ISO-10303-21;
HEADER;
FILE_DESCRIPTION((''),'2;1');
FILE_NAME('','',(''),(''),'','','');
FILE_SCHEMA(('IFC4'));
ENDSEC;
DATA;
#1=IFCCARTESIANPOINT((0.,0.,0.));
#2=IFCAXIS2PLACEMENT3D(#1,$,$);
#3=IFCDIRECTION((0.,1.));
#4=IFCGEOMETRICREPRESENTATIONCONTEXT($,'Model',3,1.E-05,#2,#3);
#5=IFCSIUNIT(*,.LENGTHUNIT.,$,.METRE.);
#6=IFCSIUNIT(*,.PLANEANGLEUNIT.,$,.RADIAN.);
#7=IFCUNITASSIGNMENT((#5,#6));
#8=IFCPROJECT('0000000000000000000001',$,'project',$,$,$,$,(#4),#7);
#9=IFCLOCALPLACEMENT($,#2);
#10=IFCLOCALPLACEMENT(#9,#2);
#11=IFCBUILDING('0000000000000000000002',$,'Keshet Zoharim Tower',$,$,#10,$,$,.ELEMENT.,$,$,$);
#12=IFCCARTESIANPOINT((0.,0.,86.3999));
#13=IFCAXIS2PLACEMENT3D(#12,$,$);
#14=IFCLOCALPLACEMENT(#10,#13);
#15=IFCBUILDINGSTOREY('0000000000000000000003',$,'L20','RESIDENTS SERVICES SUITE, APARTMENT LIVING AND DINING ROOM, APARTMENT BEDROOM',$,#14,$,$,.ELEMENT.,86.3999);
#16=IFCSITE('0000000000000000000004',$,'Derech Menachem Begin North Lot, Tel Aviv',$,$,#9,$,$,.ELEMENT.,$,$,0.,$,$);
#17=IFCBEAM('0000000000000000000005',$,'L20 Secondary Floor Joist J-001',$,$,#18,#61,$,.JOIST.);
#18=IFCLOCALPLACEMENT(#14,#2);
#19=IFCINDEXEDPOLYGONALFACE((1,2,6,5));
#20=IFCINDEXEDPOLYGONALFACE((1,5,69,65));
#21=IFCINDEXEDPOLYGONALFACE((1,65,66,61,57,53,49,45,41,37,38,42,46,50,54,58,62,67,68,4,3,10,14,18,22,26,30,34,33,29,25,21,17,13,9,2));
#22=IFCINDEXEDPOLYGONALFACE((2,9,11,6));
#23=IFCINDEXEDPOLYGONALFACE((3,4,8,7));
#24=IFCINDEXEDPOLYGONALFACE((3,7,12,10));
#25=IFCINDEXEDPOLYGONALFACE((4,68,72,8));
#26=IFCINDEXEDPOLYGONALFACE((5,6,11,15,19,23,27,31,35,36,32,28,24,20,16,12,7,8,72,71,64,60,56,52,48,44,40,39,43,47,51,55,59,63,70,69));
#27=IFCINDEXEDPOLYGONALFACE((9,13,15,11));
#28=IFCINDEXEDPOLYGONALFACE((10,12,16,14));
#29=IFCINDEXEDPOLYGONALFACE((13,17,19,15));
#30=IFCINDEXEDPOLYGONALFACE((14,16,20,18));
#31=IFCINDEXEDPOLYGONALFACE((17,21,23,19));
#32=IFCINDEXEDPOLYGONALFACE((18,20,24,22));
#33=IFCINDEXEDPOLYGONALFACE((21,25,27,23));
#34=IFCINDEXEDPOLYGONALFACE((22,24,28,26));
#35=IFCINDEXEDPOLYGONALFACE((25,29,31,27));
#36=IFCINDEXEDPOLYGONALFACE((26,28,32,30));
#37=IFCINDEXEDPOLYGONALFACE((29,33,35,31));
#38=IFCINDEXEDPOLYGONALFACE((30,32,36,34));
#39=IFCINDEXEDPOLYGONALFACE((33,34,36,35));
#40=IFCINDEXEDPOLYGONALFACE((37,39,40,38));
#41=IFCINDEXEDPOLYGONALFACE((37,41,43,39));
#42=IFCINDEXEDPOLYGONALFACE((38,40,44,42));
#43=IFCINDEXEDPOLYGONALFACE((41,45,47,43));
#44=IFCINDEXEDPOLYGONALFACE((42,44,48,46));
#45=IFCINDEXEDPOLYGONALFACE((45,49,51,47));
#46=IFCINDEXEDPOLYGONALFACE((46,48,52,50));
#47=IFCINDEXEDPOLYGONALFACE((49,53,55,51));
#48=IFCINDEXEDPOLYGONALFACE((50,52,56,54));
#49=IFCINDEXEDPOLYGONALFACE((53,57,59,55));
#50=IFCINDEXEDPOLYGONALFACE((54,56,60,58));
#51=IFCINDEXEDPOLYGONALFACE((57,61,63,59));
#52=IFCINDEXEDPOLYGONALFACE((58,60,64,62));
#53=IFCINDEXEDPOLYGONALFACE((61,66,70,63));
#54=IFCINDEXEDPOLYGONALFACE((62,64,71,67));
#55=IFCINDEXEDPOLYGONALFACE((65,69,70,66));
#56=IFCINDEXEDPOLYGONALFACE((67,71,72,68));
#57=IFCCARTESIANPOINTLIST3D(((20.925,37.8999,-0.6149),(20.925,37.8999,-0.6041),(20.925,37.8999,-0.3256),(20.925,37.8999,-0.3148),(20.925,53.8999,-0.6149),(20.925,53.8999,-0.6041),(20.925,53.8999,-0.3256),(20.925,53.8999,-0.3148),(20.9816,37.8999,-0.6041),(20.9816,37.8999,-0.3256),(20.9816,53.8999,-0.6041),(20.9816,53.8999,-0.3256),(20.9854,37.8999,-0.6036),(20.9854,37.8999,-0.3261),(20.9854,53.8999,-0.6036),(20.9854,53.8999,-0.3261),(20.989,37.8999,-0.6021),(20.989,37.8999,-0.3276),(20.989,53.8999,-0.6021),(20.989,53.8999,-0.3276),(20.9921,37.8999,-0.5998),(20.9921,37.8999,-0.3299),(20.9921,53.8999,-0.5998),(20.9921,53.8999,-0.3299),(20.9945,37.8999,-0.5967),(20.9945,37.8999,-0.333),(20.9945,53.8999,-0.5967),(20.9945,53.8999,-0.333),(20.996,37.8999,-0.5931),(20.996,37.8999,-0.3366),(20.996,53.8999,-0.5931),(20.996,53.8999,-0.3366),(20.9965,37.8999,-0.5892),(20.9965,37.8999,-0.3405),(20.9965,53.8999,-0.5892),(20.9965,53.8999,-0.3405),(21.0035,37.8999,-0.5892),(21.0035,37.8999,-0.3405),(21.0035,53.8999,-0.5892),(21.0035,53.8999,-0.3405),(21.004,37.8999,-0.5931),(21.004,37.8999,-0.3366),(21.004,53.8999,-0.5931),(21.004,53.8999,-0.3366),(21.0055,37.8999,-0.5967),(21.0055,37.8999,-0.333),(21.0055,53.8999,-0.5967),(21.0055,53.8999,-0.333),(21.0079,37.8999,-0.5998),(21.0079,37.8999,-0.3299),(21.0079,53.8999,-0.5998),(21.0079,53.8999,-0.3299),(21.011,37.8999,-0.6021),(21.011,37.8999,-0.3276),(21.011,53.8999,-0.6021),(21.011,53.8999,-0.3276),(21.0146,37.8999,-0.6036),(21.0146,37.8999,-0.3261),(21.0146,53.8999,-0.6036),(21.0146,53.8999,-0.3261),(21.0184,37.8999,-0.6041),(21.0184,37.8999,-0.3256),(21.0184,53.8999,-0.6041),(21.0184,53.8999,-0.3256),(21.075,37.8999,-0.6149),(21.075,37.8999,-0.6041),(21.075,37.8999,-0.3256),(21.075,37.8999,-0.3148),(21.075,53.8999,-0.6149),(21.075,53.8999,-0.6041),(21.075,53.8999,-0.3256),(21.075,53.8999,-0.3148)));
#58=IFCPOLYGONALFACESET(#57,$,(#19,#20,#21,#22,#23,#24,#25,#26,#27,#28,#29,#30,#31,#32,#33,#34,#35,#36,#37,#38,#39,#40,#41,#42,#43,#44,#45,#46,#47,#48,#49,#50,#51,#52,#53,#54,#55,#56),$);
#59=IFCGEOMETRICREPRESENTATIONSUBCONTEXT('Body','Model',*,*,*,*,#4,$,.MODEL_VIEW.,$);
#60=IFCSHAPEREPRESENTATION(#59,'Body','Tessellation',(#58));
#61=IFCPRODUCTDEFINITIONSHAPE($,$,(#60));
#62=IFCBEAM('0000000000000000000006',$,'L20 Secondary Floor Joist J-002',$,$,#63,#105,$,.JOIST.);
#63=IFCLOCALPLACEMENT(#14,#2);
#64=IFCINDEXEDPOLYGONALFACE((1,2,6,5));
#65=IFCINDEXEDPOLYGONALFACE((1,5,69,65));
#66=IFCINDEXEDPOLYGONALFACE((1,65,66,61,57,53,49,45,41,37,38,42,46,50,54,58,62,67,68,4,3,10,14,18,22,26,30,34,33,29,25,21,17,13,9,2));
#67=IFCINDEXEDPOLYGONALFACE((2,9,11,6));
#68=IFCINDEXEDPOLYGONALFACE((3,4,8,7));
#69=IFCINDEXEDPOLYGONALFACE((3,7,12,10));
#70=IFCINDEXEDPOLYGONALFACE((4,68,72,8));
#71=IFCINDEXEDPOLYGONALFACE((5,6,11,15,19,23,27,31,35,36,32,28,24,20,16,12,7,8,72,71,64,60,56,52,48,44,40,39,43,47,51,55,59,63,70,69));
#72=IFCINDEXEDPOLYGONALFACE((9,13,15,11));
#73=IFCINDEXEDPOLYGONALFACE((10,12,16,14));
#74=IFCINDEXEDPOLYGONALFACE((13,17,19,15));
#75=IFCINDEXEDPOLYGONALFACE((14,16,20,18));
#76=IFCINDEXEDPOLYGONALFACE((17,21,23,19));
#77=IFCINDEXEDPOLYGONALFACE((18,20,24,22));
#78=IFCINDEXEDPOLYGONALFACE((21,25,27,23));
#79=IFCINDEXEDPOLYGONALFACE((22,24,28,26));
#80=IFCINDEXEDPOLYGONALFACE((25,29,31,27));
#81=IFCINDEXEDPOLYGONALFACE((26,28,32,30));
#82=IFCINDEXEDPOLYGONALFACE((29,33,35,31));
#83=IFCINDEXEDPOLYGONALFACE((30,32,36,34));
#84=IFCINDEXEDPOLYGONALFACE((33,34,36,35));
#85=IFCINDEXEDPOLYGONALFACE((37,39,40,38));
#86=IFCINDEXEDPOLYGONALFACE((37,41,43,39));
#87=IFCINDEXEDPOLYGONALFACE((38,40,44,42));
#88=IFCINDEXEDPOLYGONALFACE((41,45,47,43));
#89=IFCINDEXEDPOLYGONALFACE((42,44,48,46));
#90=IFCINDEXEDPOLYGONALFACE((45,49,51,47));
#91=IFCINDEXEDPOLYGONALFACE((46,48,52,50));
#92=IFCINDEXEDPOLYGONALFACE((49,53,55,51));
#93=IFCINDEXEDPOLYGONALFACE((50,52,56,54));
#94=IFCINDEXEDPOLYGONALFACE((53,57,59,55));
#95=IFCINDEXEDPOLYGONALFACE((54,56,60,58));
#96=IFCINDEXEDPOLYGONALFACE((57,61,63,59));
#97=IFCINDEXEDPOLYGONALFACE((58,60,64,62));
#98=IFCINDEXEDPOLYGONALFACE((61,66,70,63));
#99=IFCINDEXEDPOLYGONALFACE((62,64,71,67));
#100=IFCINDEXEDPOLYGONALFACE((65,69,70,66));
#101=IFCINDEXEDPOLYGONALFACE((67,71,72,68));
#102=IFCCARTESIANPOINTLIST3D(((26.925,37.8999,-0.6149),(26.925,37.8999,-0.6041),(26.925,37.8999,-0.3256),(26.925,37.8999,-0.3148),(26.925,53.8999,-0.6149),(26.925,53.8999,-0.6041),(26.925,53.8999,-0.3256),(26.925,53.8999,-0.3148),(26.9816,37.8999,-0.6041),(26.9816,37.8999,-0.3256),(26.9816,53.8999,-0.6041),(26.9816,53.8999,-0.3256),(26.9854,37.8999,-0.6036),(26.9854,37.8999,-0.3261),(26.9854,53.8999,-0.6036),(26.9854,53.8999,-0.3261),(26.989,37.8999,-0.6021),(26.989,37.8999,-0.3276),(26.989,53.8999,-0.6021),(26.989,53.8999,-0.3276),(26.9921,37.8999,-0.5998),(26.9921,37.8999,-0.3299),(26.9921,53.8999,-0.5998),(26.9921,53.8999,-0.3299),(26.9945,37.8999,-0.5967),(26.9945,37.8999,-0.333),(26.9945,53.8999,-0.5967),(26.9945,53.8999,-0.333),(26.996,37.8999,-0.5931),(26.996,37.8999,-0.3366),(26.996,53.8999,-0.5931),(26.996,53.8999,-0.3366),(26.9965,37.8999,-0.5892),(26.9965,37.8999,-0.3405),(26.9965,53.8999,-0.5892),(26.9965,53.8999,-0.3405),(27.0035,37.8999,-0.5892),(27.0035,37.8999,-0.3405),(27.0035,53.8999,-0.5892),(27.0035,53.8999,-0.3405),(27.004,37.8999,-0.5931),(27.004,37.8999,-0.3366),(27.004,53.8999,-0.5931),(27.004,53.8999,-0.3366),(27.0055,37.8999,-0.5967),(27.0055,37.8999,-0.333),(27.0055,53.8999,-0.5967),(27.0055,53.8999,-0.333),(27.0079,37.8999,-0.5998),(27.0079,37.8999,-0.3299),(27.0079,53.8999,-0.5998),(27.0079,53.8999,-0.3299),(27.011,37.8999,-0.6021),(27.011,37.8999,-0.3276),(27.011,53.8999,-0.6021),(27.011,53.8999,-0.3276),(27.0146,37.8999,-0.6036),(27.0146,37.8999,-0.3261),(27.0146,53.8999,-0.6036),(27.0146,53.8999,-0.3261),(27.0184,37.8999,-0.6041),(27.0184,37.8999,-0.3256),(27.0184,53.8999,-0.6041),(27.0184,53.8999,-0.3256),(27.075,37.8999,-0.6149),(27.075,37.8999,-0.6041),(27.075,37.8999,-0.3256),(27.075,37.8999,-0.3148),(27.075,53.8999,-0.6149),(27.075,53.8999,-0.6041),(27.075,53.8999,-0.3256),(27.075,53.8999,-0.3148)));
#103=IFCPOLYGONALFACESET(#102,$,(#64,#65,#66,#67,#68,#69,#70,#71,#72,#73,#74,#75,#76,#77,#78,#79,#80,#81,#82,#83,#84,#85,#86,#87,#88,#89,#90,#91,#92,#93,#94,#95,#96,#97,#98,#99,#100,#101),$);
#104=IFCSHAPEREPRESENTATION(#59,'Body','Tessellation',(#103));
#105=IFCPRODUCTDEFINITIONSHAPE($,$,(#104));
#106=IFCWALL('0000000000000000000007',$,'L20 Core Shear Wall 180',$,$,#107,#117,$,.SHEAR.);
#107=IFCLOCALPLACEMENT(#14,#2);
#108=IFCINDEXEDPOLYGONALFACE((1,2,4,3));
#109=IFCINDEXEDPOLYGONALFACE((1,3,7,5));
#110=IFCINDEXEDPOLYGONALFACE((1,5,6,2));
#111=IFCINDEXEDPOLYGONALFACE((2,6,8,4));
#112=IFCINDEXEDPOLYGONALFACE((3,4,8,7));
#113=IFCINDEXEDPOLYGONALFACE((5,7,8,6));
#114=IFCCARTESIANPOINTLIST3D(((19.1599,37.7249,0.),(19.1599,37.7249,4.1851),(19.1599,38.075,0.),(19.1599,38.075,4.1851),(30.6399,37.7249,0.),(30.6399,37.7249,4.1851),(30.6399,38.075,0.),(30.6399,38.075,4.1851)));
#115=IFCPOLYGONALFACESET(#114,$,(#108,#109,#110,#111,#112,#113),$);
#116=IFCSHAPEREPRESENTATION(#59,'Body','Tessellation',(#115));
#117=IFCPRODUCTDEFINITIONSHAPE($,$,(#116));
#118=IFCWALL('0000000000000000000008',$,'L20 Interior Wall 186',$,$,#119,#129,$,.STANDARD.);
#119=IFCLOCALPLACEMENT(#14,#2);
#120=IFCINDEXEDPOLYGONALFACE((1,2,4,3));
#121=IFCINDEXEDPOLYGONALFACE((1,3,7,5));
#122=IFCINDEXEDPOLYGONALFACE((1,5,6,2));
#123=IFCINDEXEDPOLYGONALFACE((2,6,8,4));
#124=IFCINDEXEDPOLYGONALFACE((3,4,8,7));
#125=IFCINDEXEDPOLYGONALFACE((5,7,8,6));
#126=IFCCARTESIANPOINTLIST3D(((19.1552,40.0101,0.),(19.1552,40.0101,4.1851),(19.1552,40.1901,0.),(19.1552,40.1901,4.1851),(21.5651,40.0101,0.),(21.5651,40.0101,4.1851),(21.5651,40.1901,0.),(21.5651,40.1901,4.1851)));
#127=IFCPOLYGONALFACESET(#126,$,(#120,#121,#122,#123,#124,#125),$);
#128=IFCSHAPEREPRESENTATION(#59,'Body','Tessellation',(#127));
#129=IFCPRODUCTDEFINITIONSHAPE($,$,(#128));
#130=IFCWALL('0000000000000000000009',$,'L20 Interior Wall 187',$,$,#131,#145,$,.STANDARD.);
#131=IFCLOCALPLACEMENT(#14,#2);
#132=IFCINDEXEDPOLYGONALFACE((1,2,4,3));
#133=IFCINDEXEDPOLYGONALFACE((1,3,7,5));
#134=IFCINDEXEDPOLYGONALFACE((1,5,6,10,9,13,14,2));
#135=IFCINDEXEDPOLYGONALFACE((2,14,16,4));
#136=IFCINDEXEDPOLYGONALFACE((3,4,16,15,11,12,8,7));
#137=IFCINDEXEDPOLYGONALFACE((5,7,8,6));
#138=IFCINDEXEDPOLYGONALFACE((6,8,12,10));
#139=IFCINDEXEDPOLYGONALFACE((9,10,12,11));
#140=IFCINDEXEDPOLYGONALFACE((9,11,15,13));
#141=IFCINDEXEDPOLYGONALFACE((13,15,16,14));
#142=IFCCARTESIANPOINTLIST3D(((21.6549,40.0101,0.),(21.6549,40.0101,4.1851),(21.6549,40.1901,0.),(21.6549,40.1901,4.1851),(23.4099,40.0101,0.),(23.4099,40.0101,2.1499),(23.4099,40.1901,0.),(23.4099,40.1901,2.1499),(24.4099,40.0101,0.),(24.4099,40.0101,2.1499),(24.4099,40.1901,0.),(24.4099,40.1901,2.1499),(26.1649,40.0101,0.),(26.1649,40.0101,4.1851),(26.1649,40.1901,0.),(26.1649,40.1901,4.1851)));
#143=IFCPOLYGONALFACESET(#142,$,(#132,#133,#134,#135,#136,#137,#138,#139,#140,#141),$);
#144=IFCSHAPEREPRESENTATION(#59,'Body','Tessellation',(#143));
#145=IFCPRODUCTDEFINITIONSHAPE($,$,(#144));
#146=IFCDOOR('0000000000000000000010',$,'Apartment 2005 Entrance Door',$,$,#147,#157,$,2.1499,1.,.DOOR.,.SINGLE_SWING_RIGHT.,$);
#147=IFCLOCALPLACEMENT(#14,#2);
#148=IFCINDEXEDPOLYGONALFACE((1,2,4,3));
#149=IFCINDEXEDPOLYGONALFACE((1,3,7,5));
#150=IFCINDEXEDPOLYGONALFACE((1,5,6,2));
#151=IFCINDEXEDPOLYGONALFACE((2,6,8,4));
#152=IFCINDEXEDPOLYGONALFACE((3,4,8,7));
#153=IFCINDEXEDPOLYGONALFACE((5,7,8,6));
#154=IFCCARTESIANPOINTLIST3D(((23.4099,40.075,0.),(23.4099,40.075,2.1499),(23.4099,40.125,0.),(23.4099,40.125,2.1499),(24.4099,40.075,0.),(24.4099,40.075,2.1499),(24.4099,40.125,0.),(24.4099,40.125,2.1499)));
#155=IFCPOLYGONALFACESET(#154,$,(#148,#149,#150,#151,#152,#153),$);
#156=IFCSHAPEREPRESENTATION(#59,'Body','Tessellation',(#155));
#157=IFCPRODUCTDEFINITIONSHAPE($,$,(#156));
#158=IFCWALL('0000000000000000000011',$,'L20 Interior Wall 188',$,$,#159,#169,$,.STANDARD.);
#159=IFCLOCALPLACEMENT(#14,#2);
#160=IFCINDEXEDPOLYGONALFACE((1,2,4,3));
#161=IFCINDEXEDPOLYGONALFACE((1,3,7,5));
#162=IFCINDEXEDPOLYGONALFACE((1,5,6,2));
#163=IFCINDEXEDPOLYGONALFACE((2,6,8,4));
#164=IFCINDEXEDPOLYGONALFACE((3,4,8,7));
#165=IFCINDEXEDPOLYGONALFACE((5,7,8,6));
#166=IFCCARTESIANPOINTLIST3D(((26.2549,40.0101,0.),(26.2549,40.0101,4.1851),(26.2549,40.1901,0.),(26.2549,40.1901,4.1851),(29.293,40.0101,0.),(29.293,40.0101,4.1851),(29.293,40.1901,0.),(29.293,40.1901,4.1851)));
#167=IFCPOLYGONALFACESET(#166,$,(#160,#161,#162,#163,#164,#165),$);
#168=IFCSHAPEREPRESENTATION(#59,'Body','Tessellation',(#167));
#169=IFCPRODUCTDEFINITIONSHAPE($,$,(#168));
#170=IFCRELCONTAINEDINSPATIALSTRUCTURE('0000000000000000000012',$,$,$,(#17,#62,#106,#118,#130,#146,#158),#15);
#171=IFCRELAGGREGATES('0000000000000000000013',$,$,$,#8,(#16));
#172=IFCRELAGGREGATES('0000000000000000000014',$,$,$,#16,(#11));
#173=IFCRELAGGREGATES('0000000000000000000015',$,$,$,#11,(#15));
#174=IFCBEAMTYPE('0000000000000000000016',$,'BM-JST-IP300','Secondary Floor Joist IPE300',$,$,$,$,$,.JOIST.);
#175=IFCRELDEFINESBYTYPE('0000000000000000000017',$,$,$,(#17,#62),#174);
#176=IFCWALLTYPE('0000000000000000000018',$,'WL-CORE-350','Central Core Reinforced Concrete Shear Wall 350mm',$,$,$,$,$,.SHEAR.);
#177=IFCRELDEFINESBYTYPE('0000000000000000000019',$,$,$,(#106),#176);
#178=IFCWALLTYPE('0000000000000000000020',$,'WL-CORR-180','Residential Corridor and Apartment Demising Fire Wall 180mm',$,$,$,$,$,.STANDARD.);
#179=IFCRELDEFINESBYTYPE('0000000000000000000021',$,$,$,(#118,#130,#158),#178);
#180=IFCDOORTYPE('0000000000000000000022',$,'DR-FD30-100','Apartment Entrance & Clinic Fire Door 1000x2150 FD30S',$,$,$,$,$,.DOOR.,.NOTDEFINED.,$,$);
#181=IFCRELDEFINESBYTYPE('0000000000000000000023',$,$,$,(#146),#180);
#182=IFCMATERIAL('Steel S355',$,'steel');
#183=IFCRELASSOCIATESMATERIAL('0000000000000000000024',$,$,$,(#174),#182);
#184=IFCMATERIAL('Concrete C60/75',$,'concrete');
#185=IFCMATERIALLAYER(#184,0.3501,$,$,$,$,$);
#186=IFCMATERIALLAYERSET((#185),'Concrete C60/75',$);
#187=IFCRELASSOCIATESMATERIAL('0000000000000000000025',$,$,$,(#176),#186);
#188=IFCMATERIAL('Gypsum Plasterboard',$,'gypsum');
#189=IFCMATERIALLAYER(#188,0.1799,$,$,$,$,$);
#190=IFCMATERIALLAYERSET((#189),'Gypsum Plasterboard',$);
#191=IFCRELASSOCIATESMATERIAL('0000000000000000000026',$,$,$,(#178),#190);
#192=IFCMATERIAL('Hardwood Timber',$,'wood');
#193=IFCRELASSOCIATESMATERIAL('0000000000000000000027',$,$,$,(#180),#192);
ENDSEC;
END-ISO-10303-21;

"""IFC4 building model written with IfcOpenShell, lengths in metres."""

from ifc_helpers import new_model, si_unit, direction, frame, frame_2d, origin, origin_2d, place, context, subcontext, project, spatial, rectangle, i_section, extrude, material, layer, layer_set, material_profile, profile_set, type_object, element, fill, save


model = new_model("IFC4")

# Units and contexts
model_context = context("Model", 3, precision=1e-05, world=origin(), true_north=direction((0.0, 1.0)))
body_context = subcontext(model_context, "Body", "Model", "MODEL_VIEW")
ifc_project = project(units=[si_unit("LENGTHUNIT", "METRE"), si_unit("PLANEANGLEUNIT", "RADIAN")], contexts=[model_context])

# Site, building, storey
site_placement = place(None, origin())
site = spatial("IfcSite", under=ifc_project, at=site_placement, Name="Derech Menachem Begin North Lot, Tel Aviv", CompositionType="ELEMENT", RefElevation=0.0)
building_placement = place(site_placement, origin())
building = spatial("IfcBuilding", under=site, at=building_placement, Name="Keshet Zoharim Tower", CompositionType="ELEMENT")
storey_placement = place(building_placement, frame((0.0, 0.0, 86.3999)))
storey = spatial("IfcBuildingStorey", under=building, at=storey_placement, Name="L20", Description="RESIDENTS SERVICES SUITE, APARTMENT LIVING AND DINING ROOM, APARTMENT BEDROOM", CompositionType="ELEMENT", Elevation=86.3999)

# Beams
ifc_material_1 = material(Name="Steel S355", Category="steel")
ifc_material_profile = material_profile(ifc_material_1, i_section(OverallWidth=0.1499, OverallDepth=0.3, WebThickness=0.0071, FlangeThickness=0.0107, FilletRadius=0.0149, at=origin_2d()), Name="IPE300")
ifc_profile_set = profile_set([ifc_material_profile], Name="Steel S355")
beam_type = type_object("IfcBeamType", Name="BM-JST-IP300", Description="Secondary Floor Joist IPE300", PredefinedType="JOIST", material=ifc_profile_set)
for number, where, z_axis, x_axis, name in (
    (1, (21.0, 37.8999, -0.4648), (0.0, 1.0, 0.0), (-1.0, 0.0, 0.0), "L20 Secondary Floor Joist J-001"),
    (2, (27.0, 37.8999, -0.4648), (0.0, 1.0, 0.0), (-1.0, 0.0, 0.0), "L20 Secondary Floor Joist J-002"),
):
    element("IfcBeam", number, at=place(storey_placement, frame(where, z_axis=z_axis, x_axis=x_axis)), inside=storey, type_object=beam_type, Name=name, PredefinedType="JOIST", context=body_context, shape_type="SweptSolid", body=[
        extrude(i_section(OverallWidth=0.1499, OverallDepth=0.3, WebThickness=0.0071, FlangeThickness=0.0107, FilletRadius=0.0149, at=origin_2d()), origin(), (0.0, 0.0, 1.0), 16.0),
    ])

# Walls
ifc_material_2 = material(Name="Concrete C60/75", Category="concrete")
ifc_layer_1 = layer(ifc_material_2, 0.3501)
ifc_layer_set_1 = layer_set([ifc_layer_1], Name="Concrete C60/75")
wall_type_1 = type_object("IfcWallType", Name="WL-CORE-350", Description="Central Core Reinforced Concrete Shear Wall 350mm", PredefinedType="SHEAR", material=ifc_layer_set_1)
wall_1_placement = place(storey_placement, frame((19.1599, 37.8999, 0.0), z_axis=(0.0, 0.0, 1.0), x_axis=(1.0, 0.0, 0.0)))
element("IfcWall", 3, at=wall_1_placement, inside=storey, type_object=wall_type_1, Name="L20 Core Shear Wall 180", PredefinedType="SHEAR", context=body_context, shape_type="SweptSolid", body=[
    extrude(rectangle(XDim=11.48, YDim=0.3501, at=frame_2d((5.74, 0.0))), origin(), (0.0, 0.0, 1.0), 4.1851),
])
ifc_material_3 = material(Name="Gypsum Plasterboard", Category="gypsum")
ifc_layer_2 = layer(ifc_material_3, 0.1799)
ifc_layer_set_2 = layer_set([ifc_layer_2], Name="Gypsum Plasterboard")
wall_type_2 = type_object("IfcWallType", Name="WL-CORR-180", Description="Residential Corridor and Apartment Demising Fire Wall 180mm", PredefinedType="STANDARD", material=ifc_layer_set_2)
wall_2_placement = place(storey_placement, frame((19.155, 40.1001, 0.0), z_axis=(0.0, 0.0, 1.0), x_axis=(1.0, 0.0, 0.0)))
element("IfcWall", 4, at=wall_2_placement, inside=storey, type_object=wall_type_2, Name="L20 Interior Wall 186", PredefinedType="STANDARD", context=body_context, shape_type="SweptSolid", body=[
    extrude(rectangle(XDim=2.4099, YDim=0.1799, at=frame_2d((1.2051, 0.0))), origin(), (0.0, 0.0, 1.0), 4.1851),
])

# Wall, opening, door
wall_3_placement = place(storey_placement, frame((21.655, 40.1001, 0.0), z_axis=(0.0, 0.0, 1.0), x_axis=(1.0, 0.0, 0.0)))
wall_3 = element("IfcWall", 5, at=wall_3_placement, inside=storey, type_object=wall_type_2, Name="L20 Interior Wall 187", PredefinedType="STANDARD", context=body_context, shape_type="SweptSolid", body=[
    extrude(rectangle(XDim=4.51, YDim=0.1799, at=frame_2d((2.2549, 0.0))), origin(), (0.0, 0.0, 1.0), 4.1851),
])
opening_1_placement = place(wall_3_placement, frame((1.7549, 0.0, 0.0)))
opening_1 = element("IfcOpeningElement", 6, at=opening_1_placement, cuts=wall_3, PredefinedType="OPENING", context=body_context, shape_type="SweptSolid", body=[
    extrude(rectangle(XDim=1.0, YDim=2.1499, at=frame_2d((0.5, 1.075))), frame((0.0, 0.1001, 0.0), z_axis=(0.0, -1.0, 0.0), x_axis=(1.0, 0.0, 0.0)), (0.0, 0.0, 1.0), 0.2),
])
ifc_material_4 = material(Name="Hardwood Timber", Category="wood")
door_type_1 = type_object("IfcDoorType", Name="DR-FD30-100", Description="Apartment Entrance & Clinic Fire Door 1000x2150 FD30S", OperationType="NOTDEFINED", PredefinedType="DOOR", material=ifc_material_4)
door_1_placement = place(opening_1_placement, origin())
door_1 = element("IfcDoor", 7, at=door_1_placement, inside=storey, type_object=door_type_1, Name="Apartment 2005 Entrance Door", OperationType="SINGLE_SWING_RIGHT", OverallHeight=2.1499, OverallWidth=1.0, PredefinedType="DOOR", context=body_context, shape_type="SweptSolid", body=[
    extrude(rectangle(XDim=1.0, YDim=2.1499, at=frame_2d((0.5, 1.075))), frame((0.0, 0.0249, 0.0), z_axis=(0.0, -1.0, 0.0), x_axis=(1.0, 0.0, 0.0)), (0.0, 0.0, 1.0), 0.05),
])
fill(opening_1, door_1)

# Wall
wall_4_placement = place(storey_placement, frame((26.2549, 40.1001, 0.0), z_axis=(0.0, 0.0, 1.0), x_axis=(1.0, 0.0, 0.0)))
element("IfcWall", 8, at=wall_4_placement, inside=storey, type_object=wall_type_2, Name="L20 Interior Wall 188", PredefinedType="STANDARD", context=body_context, shape_type="SweptSolid", body=[
    extrude(rectangle(XDim=3.0381, YDim=0.1799, at=frame_2d((1.519, 0.0))), origin(), (0.0, 0.0, 1.0), 4.1851),
])

save(model, "model.ifc")
